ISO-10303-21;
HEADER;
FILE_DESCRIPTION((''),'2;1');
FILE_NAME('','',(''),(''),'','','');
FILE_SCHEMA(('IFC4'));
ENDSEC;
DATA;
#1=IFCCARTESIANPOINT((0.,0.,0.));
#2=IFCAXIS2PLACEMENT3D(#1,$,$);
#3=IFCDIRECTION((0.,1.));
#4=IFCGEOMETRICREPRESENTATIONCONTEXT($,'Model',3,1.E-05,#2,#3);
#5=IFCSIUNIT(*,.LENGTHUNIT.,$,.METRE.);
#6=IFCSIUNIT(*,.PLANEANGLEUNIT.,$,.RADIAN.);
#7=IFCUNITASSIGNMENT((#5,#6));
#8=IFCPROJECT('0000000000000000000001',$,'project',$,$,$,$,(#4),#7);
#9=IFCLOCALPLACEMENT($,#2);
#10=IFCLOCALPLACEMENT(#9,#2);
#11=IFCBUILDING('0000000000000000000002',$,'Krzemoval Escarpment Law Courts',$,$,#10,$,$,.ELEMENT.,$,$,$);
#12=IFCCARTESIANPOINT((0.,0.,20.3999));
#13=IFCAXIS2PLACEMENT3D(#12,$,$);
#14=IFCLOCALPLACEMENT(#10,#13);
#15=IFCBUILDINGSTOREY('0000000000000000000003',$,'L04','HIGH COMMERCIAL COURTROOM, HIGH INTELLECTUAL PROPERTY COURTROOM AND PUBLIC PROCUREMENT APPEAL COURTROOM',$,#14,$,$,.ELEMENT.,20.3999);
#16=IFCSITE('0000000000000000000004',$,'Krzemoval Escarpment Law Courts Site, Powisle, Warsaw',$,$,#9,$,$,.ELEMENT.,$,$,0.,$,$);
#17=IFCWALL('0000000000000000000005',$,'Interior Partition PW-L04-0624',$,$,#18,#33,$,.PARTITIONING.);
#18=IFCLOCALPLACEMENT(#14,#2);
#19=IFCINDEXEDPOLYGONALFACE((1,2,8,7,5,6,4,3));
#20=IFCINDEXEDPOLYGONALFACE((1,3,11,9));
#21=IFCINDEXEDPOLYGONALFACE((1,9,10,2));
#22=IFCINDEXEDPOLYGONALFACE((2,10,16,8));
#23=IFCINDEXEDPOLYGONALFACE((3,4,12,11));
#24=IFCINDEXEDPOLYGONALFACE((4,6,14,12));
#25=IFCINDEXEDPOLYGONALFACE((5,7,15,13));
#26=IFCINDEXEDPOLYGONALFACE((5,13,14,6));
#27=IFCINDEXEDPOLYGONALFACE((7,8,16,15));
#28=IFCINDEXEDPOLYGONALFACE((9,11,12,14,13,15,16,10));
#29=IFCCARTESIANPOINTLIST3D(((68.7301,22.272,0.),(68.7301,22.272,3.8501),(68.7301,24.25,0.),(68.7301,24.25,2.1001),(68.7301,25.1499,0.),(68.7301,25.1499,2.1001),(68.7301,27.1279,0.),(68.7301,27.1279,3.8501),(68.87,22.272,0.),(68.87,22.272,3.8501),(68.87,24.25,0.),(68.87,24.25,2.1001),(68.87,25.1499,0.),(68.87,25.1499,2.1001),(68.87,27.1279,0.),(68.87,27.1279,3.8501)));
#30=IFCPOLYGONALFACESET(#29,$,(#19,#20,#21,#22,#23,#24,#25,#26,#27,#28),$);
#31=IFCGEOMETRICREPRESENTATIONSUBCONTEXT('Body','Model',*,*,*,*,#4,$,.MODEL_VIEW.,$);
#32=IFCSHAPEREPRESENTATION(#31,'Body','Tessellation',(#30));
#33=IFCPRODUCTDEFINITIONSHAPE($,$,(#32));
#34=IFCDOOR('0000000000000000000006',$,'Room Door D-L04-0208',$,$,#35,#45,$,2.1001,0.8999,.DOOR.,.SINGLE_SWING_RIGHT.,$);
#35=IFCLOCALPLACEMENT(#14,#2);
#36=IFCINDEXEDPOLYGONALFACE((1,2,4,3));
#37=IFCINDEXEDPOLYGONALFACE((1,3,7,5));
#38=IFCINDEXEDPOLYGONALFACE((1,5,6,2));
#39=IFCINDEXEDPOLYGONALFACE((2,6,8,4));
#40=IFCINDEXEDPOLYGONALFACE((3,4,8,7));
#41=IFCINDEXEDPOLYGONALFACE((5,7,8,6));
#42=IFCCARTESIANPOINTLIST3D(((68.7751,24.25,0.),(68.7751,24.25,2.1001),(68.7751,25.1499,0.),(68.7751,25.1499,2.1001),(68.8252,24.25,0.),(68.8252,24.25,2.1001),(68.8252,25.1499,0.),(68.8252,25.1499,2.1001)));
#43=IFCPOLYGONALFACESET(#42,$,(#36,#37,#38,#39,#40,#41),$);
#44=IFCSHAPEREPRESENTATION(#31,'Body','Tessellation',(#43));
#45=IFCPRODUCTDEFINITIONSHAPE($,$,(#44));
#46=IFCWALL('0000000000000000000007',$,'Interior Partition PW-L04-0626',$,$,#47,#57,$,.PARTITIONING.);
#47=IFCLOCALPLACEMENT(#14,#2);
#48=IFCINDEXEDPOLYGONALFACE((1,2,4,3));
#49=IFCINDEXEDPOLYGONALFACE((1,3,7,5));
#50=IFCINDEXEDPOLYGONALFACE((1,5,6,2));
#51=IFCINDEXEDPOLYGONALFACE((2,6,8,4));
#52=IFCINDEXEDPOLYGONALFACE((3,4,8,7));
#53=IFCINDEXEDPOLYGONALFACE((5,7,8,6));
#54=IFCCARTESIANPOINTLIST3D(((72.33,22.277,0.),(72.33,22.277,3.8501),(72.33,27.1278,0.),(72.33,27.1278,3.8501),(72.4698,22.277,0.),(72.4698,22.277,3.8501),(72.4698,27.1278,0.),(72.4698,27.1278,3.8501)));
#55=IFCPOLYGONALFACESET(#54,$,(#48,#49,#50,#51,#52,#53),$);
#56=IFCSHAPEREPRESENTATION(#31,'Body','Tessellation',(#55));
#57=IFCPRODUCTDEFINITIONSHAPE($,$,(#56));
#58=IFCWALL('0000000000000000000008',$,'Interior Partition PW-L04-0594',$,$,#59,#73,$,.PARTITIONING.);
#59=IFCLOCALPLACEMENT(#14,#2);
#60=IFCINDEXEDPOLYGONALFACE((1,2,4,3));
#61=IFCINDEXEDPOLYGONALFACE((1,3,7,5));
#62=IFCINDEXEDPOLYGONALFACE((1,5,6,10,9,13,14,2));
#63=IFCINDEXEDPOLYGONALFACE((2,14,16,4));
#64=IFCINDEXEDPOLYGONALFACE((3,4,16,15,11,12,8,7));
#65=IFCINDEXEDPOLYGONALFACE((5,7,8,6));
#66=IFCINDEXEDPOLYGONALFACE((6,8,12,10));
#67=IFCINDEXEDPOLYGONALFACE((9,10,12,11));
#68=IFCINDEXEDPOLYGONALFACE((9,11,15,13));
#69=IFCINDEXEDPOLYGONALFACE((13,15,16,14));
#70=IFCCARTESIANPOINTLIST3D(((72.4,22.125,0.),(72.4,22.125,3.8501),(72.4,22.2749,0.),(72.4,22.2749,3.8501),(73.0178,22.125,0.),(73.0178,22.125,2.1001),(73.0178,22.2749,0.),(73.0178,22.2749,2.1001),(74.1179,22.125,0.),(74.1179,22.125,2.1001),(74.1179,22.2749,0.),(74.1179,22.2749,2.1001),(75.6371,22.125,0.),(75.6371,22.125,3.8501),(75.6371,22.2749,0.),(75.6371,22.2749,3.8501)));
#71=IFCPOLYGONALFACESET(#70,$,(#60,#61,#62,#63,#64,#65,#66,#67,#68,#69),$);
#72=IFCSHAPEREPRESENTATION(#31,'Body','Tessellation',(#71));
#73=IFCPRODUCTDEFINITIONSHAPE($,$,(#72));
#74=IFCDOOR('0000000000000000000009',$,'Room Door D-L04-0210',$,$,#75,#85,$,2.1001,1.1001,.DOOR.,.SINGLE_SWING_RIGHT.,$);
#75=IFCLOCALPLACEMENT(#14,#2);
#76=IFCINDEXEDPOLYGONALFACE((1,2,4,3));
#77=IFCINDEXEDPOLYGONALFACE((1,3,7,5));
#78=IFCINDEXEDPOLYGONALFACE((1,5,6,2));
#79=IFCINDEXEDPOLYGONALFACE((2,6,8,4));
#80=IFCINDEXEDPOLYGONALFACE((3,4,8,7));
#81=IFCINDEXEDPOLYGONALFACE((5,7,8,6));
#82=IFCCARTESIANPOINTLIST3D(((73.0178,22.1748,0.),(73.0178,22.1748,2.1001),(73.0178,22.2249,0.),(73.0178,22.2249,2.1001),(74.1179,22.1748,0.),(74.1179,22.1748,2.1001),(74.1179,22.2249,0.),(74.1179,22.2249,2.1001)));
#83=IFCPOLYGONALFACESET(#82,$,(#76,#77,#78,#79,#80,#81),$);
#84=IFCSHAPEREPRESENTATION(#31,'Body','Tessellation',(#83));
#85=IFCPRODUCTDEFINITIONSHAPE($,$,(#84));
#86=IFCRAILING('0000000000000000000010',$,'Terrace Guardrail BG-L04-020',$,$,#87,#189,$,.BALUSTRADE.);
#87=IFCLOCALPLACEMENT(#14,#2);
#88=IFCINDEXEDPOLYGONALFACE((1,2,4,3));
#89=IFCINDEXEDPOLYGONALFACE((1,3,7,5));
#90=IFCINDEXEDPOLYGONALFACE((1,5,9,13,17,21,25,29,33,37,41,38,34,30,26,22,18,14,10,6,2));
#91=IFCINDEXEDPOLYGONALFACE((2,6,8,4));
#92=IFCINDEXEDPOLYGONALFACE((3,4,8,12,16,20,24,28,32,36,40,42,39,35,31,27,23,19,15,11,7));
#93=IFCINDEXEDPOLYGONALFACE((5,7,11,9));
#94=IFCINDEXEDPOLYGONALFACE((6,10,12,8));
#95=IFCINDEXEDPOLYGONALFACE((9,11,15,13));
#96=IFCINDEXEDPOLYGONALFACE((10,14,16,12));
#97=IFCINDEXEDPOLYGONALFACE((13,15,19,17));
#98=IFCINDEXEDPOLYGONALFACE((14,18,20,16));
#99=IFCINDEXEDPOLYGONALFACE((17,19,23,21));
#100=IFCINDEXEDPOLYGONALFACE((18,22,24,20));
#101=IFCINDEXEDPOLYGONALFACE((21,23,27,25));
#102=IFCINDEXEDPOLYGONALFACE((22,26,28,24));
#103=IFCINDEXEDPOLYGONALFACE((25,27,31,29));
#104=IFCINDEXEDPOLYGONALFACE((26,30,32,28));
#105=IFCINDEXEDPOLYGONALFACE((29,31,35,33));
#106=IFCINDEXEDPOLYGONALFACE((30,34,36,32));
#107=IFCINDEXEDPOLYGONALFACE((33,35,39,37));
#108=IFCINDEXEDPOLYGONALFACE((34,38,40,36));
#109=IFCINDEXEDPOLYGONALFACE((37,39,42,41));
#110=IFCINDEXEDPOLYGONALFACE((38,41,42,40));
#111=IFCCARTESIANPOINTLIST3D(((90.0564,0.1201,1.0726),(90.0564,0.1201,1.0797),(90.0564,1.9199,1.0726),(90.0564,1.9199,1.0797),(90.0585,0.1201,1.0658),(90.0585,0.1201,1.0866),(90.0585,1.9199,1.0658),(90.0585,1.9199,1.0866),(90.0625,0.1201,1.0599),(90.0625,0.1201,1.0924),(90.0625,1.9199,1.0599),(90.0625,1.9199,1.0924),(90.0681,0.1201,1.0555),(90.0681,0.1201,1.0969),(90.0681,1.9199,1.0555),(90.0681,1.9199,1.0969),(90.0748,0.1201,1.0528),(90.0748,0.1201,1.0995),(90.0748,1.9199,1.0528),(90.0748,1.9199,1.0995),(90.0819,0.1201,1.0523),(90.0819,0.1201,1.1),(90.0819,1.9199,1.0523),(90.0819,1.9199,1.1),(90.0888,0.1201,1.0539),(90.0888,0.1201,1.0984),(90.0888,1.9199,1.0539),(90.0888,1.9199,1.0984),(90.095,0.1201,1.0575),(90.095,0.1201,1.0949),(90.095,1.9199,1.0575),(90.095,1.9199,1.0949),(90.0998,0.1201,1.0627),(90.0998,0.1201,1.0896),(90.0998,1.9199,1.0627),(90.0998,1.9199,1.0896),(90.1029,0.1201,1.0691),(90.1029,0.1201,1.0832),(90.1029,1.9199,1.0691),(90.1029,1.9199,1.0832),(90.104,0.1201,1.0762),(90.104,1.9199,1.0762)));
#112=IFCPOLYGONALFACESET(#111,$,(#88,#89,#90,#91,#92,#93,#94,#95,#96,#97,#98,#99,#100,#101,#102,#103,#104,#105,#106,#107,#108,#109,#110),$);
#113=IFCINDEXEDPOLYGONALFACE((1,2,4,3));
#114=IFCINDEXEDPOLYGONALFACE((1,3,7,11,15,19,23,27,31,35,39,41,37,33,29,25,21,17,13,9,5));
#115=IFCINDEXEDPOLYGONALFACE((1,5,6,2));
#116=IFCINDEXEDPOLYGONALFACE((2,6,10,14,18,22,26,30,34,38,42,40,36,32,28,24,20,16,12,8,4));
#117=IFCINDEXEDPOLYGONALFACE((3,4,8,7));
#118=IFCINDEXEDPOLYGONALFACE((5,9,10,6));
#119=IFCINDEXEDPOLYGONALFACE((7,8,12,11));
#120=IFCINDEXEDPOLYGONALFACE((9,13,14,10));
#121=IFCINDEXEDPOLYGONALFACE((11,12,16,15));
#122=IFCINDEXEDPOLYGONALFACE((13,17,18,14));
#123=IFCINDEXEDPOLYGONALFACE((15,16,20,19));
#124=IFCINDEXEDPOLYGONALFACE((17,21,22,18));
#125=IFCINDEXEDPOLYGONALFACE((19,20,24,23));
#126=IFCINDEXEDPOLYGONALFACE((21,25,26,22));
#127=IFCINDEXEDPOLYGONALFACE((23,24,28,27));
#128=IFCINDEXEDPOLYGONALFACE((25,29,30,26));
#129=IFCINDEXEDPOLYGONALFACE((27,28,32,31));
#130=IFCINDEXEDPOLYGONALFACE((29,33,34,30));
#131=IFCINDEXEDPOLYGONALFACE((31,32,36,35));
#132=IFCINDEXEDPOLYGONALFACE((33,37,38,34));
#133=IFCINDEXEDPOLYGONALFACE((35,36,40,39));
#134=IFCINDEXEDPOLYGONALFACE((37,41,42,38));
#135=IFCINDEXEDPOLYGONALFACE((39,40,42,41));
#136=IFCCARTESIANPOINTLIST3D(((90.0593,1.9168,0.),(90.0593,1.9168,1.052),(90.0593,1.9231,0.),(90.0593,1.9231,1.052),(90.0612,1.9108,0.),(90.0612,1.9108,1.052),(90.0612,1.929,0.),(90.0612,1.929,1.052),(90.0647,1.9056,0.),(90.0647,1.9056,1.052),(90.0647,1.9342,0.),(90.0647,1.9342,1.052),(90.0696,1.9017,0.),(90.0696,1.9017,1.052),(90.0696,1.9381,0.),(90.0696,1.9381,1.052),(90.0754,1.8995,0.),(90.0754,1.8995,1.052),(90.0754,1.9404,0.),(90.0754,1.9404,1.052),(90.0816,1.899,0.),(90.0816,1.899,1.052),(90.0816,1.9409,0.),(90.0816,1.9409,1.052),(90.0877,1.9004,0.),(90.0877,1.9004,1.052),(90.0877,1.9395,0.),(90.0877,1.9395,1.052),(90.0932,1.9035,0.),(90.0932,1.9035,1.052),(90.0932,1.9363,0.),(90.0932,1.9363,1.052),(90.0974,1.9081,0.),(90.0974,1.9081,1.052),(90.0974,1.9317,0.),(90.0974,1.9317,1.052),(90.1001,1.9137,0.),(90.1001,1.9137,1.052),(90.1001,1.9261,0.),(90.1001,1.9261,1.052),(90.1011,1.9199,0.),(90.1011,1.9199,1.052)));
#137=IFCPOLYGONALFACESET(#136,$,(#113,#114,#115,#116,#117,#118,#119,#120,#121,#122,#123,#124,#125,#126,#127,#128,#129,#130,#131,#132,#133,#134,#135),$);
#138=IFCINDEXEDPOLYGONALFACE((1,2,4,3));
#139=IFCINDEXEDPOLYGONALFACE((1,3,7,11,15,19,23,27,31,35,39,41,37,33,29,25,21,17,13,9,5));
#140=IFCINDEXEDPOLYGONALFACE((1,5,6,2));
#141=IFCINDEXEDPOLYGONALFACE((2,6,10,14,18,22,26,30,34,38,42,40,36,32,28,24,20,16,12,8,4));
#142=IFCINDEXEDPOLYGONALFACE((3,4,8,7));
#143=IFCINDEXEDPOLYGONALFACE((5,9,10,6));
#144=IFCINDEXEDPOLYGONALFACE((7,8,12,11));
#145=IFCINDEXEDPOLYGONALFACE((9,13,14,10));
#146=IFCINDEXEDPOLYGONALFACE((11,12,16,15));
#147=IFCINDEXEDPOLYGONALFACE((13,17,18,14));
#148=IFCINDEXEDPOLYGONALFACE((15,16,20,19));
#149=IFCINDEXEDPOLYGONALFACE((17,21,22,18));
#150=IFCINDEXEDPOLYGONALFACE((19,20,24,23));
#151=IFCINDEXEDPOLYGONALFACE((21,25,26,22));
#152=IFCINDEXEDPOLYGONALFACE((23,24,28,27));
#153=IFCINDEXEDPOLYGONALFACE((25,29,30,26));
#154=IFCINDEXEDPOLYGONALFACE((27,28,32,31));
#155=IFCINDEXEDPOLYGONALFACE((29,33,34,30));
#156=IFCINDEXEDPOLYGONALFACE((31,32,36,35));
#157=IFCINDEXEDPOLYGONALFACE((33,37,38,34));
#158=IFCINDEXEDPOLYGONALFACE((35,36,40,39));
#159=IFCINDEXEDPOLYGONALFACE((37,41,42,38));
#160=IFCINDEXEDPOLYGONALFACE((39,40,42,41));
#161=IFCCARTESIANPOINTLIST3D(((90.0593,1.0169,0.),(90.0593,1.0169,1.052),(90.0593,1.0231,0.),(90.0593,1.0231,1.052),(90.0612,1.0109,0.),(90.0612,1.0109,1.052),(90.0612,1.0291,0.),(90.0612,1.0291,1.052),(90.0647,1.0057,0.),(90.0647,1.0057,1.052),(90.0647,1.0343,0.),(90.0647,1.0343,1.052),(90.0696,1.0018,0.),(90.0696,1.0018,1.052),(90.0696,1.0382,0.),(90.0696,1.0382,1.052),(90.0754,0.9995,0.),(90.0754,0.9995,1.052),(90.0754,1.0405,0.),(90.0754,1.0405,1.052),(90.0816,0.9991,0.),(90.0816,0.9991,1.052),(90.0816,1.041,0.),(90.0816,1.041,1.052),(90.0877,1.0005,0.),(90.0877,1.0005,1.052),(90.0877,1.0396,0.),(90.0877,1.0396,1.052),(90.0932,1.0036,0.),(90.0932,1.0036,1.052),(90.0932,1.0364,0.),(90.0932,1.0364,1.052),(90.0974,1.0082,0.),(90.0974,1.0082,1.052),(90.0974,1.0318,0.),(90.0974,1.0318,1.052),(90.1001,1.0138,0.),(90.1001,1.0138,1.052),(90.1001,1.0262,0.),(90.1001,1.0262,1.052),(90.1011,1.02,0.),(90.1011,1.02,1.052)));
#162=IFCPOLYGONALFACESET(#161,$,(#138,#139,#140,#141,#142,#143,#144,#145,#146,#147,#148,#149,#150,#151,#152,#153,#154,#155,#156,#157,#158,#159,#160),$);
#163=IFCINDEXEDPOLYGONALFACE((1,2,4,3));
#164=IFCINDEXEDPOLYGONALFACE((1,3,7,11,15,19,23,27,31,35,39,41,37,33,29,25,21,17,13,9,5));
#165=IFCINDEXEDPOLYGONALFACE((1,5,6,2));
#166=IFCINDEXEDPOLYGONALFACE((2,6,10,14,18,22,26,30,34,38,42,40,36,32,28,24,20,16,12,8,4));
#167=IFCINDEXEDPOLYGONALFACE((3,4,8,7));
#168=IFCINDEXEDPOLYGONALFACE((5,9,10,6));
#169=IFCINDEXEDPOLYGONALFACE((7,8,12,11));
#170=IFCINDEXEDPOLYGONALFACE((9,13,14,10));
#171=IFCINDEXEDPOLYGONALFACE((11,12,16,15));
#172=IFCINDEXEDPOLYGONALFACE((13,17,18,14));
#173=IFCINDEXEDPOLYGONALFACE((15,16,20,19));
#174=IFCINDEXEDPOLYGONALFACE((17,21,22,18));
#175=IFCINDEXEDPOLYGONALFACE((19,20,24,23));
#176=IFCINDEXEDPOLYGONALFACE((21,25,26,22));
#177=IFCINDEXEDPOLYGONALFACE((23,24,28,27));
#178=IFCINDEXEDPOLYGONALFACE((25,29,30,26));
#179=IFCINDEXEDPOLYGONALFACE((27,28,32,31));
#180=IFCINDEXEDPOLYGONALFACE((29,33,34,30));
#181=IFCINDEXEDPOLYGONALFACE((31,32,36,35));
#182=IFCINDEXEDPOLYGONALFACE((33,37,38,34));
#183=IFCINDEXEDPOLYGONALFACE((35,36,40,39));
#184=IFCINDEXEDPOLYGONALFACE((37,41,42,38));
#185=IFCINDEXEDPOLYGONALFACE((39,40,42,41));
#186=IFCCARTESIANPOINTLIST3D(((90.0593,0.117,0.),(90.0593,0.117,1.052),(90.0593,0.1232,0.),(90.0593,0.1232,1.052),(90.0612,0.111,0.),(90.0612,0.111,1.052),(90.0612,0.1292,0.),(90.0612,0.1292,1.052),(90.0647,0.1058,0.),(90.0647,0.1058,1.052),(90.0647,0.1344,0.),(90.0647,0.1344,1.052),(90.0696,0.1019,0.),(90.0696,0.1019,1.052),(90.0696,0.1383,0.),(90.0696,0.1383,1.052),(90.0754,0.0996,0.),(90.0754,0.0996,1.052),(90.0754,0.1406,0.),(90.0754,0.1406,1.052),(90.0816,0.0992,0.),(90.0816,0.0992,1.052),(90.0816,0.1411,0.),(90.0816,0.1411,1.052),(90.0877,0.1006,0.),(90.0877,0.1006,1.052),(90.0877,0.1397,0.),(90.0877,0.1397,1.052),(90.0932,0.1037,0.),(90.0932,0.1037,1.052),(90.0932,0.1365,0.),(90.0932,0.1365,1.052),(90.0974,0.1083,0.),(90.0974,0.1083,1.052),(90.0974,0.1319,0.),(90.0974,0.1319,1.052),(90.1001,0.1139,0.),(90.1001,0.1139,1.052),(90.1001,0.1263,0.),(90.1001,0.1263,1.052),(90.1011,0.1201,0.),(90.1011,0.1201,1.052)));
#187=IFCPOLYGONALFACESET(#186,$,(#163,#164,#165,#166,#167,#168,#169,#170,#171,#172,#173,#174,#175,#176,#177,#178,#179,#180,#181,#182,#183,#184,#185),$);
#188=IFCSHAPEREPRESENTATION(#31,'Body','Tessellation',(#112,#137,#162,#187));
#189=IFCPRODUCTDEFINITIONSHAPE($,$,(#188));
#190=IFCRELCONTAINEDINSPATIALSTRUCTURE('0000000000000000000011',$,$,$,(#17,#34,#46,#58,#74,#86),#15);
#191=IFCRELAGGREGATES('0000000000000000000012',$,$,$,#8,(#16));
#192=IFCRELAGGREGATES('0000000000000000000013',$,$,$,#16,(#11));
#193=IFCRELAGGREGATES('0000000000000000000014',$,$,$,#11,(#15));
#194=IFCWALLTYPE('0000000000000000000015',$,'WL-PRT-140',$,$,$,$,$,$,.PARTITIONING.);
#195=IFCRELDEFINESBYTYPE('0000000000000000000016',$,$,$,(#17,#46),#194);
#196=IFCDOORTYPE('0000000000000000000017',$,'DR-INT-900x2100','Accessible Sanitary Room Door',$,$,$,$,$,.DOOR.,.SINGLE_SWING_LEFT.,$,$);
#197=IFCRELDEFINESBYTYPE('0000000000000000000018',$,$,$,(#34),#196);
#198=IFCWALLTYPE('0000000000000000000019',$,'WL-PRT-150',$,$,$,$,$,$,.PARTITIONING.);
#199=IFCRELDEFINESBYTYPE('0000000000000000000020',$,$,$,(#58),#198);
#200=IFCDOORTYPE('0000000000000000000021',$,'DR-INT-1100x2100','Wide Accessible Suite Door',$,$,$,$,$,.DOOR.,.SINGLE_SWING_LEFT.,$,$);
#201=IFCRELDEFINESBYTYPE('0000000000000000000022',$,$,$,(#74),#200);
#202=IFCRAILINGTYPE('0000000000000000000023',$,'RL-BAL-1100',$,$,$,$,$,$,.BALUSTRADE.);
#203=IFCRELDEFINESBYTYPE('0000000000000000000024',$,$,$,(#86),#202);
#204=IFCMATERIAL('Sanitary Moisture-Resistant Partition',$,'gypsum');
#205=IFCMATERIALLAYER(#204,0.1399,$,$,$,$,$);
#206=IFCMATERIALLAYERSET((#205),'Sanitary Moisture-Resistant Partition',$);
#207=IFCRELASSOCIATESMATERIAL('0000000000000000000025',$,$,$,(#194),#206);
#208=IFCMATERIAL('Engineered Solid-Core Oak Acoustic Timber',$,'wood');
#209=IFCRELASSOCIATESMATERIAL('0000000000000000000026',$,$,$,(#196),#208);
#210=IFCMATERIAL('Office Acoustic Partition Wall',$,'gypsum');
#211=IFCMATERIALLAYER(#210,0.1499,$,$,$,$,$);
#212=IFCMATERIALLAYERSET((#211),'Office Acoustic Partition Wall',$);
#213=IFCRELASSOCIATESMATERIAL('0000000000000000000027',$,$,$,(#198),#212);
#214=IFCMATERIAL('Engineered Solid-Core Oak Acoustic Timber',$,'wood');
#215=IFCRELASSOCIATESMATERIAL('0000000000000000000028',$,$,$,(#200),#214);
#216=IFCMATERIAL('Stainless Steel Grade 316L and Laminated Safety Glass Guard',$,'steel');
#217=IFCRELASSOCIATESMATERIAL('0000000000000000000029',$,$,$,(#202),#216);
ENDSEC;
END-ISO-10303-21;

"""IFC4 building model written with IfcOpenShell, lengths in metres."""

from ifc_helpers import new_model, si_unit, direction, frame, frame_2d, origin, origin_2d, place, context, subcontext, project, spatial, rectangle, circle, extrude, material, layer, layer_set, type_object, element, fill, save


model = new_model("IFC4")

# Units and contexts
model_context = context("Model", 3, precision=1e-05, world=origin(), true_north=direction((0.0, 1.0)))
body_context = subcontext(model_context, "Body", "Model", "MODEL_VIEW")
ifc_project = project(units=[si_unit("LENGTHUNIT", "METRE"), si_unit("PLANEANGLEUNIT", "RADIAN")], contexts=[model_context])

# Site, building, storey
site_placement = place(None, origin())
site = spatial("IfcSite", under=ifc_project, at=site_placement, Name="Krzemoval Escarpment Law Courts Site, Powisle, Warsaw", CompositionType="ELEMENT", RefElevation=0.0)
building_placement = place(site_placement, origin())
building = spatial("IfcBuilding", under=site, at=building_placement, Name="Krzemoval Escarpment Law Courts", CompositionType="ELEMENT")
storey_placement = place(building_placement, frame((0.0, 0.0, 20.3999)))
storey = spatial("IfcBuildingStorey", under=building, at=storey_placement, Name="L04", Description="HIGH COMMERCIAL COURTROOM, HIGH INTELLECTUAL PROPERTY COURTROOM AND PUBLIC PROCUREMENT APPEAL COURTROOM", CompositionType="ELEMENT", Elevation=20.3999)

# Shared definitions
ifc_material_1 = material(Name="Sanitary Moisture-Resistant Partition", Category="gypsum")
ifc_layer_1 = layer(ifc_material_1, 0.1399)
ifc_layer_set_1 = layer_set([ifc_layer_1], Name="Sanitary Moisture-Resistant Partition")
wall_type_1 = type_object("IfcWallType", Name="WL-PRT-140", PredefinedType="PARTITIONING", material=ifc_layer_set_1)

# Wall, opening, door
wall_1_placement = place(storey_placement, frame((68.8, 22.272, 0.0), z_axis=(0.0, 0.0, 1.0), x_axis=(0.0, 1.0, 0.0)))
wall_1 = element("IfcWall", 1, at=wall_1_placement, inside=storey, type_object=wall_type_1, Name="Interior Partition PW-L04-0624", PredefinedType="PARTITIONING", context=body_context, shape_type="SweptSolid", body=[
    extrude(rectangle(XDim=4.856, YDim=0.1399, at=frame_2d((2.428, 0.0))), origin(), (0.0, 0.0, 1.0), 3.8501),
])
opening_1_placement = place(wall_1_placement, frame((1.978, 0.0, 0.0)))
opening_1 = element("IfcOpeningElement", 2, at=opening_1_placement, cuts=wall_1, PredefinedType="OPENING", context=body_context, shape_type="SweptSolid", body=[
    extrude(rectangle(XDim=0.8999, YDim=2.1001, at=frame_2d((0.45, 1.05))), frame((0.0, 0.0849, 0.0), z_axis=(0.0, -1.0, 0.0), x_axis=(1.0, 0.0, 0.0)), (0.0, 0.0, 1.0), 0.1699),
])
ifc_material_2 = material(Name="Engineered Solid-Core Oak Acoustic Timber", Category="wood")
door_type_1 = type_object("IfcDoorType", Name="DR-INT-900x2100", Description="Accessible Sanitary Room Door", OperationType="SINGLE_SWING_LEFT", PredefinedType="DOOR", material=ifc_material_2)
door_1_placement = place(opening_1_placement, origin())
door_1 = element("IfcDoor", 3, at=door_1_placement, inside=storey, type_object=door_type_1, Name="Room Door D-L04-0208", OperationType="SINGLE_SWING_RIGHT", OverallHeight=2.1001, OverallWidth=0.8999, PredefinedType="DOOR", context=body_context, shape_type="SweptSolid", body=[
    extrude(rectangle(XDim=0.8999, YDim=2.1001, at=frame_2d((0.45, 1.05))), frame((0.0, 0.0249, 0.0), z_axis=(0.0, -1.0, 0.0), x_axis=(1.0, 0.0, 0.0)), (0.0, 0.0, 1.0), 0.05),
])
fill(opening_1, door_1)

# Wall
wall_2_placement = place(storey_placement, frame((72.3999, 22.2771, 0.0), z_axis=(0.0, 0.0, 1.0), x_axis=(0.0, 1.0, 0.0)))
element("IfcWall", 4, at=wall_2_placement, inside=storey, type_object=wall_type_1, Name="Interior Partition PW-L04-0626", PredefinedType="PARTITIONING", context=body_context, shape_type="SweptSolid", body=[
    extrude(rectangle(XDim=4.8508, YDim=0.1399, at=frame_2d((2.4253, 0.0))), origin(), (0.0, 0.0, 1.0), 3.8501),
])

# Wall, opening, door
ifc_material_3 = material(Name="Office Acoustic Partition Wall", Category="gypsum")
ifc_layer_2 = layer(ifc_material_3, 0.1499)
ifc_layer_set_2 = layer_set([ifc_layer_2], Name="Office Acoustic Partition Wall")
wall_type_2 = type_object("IfcWallType", Name="WL-PRT-150", PredefinedType="PARTITIONING", material=ifc_layer_set_2)
wall_3_placement = place(storey_placement, frame((72.3999, 22.2, 0.0), z_axis=(0.0, 0.0, 1.0), x_axis=(1.0, 0.0, 0.0)))
wall_3 = element("IfcWall", 5, at=wall_3_placement, inside=storey, type_object=wall_type_2, Name="Interior Partition PW-L04-0594", PredefinedType="PARTITIONING", context=body_context, shape_type="SweptSolid", body=[
    extrude(rectangle(XDim=3.2371, YDim=0.1499, at=frame_2d((1.6187, 0.0))), origin(), (0.0, 0.0, 1.0), 3.8501),
])
opening_2_placement = place(wall_3_placement, frame((0.6179, 0.0, 0.0)))
opening_2 = element("IfcOpeningElement", 6, at=opening_2_placement, cuts=wall_3, PredefinedType="OPENING", context=body_context, shape_type="SweptSolid", body=[
    extrude(rectangle(XDim=1.1001, YDim=2.1001, at=frame_2d((0.55, 1.05))), frame((0.0, 0.09, 0.0), z_axis=(0.0, -1.0, 0.0), x_axis=(1.0, 0.0, 0.0)), (0.0, 0.0, 1.0), 0.1799),
])
ifc_material_4 = material(Name="Engineered Solid-Core Oak Acoustic Timber", Category="wood")
door_type_2 = type_object("IfcDoorType", Name="DR-INT-1100x2100", Description="Wide Accessible Suite Door", OperationType="SINGLE_SWING_LEFT", PredefinedType="DOOR", material=ifc_material_4)
door_2_placement = place(opening_2_placement, origin())
door_2 = element("IfcDoor", 7, at=door_2_placement, inside=storey, type_object=door_type_2, Name="Room Door D-L04-0210", OperationType="SINGLE_SWING_RIGHT", OverallHeight=2.1001, OverallWidth=1.1001, PredefinedType="DOOR", context=body_context, shape_type="SweptSolid", body=[
    extrude(rectangle(XDim=1.1001, YDim=2.1001, at=frame_2d((0.55, 1.05))), frame((0.0, 0.0249, 0.0), z_axis=(0.0, -1.0, 0.0), x_axis=(1.0, 0.0, 0.0)), (0.0, 0.0, 1.0), 0.05),
])
fill(opening_2, door_2)

# Railing
ifc_material_5 = material(Name="Stainless Steel Grade 316L and Laminated Safety Glass Guard", Category="steel")
railing_type = type_object("IfcRailingType", Name="RL-BAL-1100", PredefinedType="BALUSTRADE", material=ifc_material_5)
railing_1_placement = place(storey_placement, frame((90.0801, 1.9199, 0.0)))
element("IfcRailing", 8, at=railing_1_placement, inside=storey, type_object=railing_type, Name="Terrace Guardrail BG-L04-020", PredefinedType="BALUSTRADE", context=body_context, shape_type="SweptSolid", body=[
    extrude(circle(Radius=0.0239, at=origin_2d()), frame((0.0, 0.0, 1.0762), z_axis=(0.0, -1.0, 0.0), x_axis=(1.0, 0.0, 0.0)), (0.0, 0.0, 1.0), 1.7998),
    extrude(circle(Radius=0.021, at=origin_2d()), origin(), (0.0, 0.0, 1.0), 1.052),
    extrude(circle(Radius=0.021, at=origin_2d()), frame((0.0, -0.8999, 0.0)), (0.0, 0.0, 1.0), 1.052),
    extrude(circle(Radius=0.021, at=origin_2d()), frame((0.0, -1.7998, 0.0)), (0.0, 0.0, 1.0), 1.052),
])

save(model, "model.ifc")
